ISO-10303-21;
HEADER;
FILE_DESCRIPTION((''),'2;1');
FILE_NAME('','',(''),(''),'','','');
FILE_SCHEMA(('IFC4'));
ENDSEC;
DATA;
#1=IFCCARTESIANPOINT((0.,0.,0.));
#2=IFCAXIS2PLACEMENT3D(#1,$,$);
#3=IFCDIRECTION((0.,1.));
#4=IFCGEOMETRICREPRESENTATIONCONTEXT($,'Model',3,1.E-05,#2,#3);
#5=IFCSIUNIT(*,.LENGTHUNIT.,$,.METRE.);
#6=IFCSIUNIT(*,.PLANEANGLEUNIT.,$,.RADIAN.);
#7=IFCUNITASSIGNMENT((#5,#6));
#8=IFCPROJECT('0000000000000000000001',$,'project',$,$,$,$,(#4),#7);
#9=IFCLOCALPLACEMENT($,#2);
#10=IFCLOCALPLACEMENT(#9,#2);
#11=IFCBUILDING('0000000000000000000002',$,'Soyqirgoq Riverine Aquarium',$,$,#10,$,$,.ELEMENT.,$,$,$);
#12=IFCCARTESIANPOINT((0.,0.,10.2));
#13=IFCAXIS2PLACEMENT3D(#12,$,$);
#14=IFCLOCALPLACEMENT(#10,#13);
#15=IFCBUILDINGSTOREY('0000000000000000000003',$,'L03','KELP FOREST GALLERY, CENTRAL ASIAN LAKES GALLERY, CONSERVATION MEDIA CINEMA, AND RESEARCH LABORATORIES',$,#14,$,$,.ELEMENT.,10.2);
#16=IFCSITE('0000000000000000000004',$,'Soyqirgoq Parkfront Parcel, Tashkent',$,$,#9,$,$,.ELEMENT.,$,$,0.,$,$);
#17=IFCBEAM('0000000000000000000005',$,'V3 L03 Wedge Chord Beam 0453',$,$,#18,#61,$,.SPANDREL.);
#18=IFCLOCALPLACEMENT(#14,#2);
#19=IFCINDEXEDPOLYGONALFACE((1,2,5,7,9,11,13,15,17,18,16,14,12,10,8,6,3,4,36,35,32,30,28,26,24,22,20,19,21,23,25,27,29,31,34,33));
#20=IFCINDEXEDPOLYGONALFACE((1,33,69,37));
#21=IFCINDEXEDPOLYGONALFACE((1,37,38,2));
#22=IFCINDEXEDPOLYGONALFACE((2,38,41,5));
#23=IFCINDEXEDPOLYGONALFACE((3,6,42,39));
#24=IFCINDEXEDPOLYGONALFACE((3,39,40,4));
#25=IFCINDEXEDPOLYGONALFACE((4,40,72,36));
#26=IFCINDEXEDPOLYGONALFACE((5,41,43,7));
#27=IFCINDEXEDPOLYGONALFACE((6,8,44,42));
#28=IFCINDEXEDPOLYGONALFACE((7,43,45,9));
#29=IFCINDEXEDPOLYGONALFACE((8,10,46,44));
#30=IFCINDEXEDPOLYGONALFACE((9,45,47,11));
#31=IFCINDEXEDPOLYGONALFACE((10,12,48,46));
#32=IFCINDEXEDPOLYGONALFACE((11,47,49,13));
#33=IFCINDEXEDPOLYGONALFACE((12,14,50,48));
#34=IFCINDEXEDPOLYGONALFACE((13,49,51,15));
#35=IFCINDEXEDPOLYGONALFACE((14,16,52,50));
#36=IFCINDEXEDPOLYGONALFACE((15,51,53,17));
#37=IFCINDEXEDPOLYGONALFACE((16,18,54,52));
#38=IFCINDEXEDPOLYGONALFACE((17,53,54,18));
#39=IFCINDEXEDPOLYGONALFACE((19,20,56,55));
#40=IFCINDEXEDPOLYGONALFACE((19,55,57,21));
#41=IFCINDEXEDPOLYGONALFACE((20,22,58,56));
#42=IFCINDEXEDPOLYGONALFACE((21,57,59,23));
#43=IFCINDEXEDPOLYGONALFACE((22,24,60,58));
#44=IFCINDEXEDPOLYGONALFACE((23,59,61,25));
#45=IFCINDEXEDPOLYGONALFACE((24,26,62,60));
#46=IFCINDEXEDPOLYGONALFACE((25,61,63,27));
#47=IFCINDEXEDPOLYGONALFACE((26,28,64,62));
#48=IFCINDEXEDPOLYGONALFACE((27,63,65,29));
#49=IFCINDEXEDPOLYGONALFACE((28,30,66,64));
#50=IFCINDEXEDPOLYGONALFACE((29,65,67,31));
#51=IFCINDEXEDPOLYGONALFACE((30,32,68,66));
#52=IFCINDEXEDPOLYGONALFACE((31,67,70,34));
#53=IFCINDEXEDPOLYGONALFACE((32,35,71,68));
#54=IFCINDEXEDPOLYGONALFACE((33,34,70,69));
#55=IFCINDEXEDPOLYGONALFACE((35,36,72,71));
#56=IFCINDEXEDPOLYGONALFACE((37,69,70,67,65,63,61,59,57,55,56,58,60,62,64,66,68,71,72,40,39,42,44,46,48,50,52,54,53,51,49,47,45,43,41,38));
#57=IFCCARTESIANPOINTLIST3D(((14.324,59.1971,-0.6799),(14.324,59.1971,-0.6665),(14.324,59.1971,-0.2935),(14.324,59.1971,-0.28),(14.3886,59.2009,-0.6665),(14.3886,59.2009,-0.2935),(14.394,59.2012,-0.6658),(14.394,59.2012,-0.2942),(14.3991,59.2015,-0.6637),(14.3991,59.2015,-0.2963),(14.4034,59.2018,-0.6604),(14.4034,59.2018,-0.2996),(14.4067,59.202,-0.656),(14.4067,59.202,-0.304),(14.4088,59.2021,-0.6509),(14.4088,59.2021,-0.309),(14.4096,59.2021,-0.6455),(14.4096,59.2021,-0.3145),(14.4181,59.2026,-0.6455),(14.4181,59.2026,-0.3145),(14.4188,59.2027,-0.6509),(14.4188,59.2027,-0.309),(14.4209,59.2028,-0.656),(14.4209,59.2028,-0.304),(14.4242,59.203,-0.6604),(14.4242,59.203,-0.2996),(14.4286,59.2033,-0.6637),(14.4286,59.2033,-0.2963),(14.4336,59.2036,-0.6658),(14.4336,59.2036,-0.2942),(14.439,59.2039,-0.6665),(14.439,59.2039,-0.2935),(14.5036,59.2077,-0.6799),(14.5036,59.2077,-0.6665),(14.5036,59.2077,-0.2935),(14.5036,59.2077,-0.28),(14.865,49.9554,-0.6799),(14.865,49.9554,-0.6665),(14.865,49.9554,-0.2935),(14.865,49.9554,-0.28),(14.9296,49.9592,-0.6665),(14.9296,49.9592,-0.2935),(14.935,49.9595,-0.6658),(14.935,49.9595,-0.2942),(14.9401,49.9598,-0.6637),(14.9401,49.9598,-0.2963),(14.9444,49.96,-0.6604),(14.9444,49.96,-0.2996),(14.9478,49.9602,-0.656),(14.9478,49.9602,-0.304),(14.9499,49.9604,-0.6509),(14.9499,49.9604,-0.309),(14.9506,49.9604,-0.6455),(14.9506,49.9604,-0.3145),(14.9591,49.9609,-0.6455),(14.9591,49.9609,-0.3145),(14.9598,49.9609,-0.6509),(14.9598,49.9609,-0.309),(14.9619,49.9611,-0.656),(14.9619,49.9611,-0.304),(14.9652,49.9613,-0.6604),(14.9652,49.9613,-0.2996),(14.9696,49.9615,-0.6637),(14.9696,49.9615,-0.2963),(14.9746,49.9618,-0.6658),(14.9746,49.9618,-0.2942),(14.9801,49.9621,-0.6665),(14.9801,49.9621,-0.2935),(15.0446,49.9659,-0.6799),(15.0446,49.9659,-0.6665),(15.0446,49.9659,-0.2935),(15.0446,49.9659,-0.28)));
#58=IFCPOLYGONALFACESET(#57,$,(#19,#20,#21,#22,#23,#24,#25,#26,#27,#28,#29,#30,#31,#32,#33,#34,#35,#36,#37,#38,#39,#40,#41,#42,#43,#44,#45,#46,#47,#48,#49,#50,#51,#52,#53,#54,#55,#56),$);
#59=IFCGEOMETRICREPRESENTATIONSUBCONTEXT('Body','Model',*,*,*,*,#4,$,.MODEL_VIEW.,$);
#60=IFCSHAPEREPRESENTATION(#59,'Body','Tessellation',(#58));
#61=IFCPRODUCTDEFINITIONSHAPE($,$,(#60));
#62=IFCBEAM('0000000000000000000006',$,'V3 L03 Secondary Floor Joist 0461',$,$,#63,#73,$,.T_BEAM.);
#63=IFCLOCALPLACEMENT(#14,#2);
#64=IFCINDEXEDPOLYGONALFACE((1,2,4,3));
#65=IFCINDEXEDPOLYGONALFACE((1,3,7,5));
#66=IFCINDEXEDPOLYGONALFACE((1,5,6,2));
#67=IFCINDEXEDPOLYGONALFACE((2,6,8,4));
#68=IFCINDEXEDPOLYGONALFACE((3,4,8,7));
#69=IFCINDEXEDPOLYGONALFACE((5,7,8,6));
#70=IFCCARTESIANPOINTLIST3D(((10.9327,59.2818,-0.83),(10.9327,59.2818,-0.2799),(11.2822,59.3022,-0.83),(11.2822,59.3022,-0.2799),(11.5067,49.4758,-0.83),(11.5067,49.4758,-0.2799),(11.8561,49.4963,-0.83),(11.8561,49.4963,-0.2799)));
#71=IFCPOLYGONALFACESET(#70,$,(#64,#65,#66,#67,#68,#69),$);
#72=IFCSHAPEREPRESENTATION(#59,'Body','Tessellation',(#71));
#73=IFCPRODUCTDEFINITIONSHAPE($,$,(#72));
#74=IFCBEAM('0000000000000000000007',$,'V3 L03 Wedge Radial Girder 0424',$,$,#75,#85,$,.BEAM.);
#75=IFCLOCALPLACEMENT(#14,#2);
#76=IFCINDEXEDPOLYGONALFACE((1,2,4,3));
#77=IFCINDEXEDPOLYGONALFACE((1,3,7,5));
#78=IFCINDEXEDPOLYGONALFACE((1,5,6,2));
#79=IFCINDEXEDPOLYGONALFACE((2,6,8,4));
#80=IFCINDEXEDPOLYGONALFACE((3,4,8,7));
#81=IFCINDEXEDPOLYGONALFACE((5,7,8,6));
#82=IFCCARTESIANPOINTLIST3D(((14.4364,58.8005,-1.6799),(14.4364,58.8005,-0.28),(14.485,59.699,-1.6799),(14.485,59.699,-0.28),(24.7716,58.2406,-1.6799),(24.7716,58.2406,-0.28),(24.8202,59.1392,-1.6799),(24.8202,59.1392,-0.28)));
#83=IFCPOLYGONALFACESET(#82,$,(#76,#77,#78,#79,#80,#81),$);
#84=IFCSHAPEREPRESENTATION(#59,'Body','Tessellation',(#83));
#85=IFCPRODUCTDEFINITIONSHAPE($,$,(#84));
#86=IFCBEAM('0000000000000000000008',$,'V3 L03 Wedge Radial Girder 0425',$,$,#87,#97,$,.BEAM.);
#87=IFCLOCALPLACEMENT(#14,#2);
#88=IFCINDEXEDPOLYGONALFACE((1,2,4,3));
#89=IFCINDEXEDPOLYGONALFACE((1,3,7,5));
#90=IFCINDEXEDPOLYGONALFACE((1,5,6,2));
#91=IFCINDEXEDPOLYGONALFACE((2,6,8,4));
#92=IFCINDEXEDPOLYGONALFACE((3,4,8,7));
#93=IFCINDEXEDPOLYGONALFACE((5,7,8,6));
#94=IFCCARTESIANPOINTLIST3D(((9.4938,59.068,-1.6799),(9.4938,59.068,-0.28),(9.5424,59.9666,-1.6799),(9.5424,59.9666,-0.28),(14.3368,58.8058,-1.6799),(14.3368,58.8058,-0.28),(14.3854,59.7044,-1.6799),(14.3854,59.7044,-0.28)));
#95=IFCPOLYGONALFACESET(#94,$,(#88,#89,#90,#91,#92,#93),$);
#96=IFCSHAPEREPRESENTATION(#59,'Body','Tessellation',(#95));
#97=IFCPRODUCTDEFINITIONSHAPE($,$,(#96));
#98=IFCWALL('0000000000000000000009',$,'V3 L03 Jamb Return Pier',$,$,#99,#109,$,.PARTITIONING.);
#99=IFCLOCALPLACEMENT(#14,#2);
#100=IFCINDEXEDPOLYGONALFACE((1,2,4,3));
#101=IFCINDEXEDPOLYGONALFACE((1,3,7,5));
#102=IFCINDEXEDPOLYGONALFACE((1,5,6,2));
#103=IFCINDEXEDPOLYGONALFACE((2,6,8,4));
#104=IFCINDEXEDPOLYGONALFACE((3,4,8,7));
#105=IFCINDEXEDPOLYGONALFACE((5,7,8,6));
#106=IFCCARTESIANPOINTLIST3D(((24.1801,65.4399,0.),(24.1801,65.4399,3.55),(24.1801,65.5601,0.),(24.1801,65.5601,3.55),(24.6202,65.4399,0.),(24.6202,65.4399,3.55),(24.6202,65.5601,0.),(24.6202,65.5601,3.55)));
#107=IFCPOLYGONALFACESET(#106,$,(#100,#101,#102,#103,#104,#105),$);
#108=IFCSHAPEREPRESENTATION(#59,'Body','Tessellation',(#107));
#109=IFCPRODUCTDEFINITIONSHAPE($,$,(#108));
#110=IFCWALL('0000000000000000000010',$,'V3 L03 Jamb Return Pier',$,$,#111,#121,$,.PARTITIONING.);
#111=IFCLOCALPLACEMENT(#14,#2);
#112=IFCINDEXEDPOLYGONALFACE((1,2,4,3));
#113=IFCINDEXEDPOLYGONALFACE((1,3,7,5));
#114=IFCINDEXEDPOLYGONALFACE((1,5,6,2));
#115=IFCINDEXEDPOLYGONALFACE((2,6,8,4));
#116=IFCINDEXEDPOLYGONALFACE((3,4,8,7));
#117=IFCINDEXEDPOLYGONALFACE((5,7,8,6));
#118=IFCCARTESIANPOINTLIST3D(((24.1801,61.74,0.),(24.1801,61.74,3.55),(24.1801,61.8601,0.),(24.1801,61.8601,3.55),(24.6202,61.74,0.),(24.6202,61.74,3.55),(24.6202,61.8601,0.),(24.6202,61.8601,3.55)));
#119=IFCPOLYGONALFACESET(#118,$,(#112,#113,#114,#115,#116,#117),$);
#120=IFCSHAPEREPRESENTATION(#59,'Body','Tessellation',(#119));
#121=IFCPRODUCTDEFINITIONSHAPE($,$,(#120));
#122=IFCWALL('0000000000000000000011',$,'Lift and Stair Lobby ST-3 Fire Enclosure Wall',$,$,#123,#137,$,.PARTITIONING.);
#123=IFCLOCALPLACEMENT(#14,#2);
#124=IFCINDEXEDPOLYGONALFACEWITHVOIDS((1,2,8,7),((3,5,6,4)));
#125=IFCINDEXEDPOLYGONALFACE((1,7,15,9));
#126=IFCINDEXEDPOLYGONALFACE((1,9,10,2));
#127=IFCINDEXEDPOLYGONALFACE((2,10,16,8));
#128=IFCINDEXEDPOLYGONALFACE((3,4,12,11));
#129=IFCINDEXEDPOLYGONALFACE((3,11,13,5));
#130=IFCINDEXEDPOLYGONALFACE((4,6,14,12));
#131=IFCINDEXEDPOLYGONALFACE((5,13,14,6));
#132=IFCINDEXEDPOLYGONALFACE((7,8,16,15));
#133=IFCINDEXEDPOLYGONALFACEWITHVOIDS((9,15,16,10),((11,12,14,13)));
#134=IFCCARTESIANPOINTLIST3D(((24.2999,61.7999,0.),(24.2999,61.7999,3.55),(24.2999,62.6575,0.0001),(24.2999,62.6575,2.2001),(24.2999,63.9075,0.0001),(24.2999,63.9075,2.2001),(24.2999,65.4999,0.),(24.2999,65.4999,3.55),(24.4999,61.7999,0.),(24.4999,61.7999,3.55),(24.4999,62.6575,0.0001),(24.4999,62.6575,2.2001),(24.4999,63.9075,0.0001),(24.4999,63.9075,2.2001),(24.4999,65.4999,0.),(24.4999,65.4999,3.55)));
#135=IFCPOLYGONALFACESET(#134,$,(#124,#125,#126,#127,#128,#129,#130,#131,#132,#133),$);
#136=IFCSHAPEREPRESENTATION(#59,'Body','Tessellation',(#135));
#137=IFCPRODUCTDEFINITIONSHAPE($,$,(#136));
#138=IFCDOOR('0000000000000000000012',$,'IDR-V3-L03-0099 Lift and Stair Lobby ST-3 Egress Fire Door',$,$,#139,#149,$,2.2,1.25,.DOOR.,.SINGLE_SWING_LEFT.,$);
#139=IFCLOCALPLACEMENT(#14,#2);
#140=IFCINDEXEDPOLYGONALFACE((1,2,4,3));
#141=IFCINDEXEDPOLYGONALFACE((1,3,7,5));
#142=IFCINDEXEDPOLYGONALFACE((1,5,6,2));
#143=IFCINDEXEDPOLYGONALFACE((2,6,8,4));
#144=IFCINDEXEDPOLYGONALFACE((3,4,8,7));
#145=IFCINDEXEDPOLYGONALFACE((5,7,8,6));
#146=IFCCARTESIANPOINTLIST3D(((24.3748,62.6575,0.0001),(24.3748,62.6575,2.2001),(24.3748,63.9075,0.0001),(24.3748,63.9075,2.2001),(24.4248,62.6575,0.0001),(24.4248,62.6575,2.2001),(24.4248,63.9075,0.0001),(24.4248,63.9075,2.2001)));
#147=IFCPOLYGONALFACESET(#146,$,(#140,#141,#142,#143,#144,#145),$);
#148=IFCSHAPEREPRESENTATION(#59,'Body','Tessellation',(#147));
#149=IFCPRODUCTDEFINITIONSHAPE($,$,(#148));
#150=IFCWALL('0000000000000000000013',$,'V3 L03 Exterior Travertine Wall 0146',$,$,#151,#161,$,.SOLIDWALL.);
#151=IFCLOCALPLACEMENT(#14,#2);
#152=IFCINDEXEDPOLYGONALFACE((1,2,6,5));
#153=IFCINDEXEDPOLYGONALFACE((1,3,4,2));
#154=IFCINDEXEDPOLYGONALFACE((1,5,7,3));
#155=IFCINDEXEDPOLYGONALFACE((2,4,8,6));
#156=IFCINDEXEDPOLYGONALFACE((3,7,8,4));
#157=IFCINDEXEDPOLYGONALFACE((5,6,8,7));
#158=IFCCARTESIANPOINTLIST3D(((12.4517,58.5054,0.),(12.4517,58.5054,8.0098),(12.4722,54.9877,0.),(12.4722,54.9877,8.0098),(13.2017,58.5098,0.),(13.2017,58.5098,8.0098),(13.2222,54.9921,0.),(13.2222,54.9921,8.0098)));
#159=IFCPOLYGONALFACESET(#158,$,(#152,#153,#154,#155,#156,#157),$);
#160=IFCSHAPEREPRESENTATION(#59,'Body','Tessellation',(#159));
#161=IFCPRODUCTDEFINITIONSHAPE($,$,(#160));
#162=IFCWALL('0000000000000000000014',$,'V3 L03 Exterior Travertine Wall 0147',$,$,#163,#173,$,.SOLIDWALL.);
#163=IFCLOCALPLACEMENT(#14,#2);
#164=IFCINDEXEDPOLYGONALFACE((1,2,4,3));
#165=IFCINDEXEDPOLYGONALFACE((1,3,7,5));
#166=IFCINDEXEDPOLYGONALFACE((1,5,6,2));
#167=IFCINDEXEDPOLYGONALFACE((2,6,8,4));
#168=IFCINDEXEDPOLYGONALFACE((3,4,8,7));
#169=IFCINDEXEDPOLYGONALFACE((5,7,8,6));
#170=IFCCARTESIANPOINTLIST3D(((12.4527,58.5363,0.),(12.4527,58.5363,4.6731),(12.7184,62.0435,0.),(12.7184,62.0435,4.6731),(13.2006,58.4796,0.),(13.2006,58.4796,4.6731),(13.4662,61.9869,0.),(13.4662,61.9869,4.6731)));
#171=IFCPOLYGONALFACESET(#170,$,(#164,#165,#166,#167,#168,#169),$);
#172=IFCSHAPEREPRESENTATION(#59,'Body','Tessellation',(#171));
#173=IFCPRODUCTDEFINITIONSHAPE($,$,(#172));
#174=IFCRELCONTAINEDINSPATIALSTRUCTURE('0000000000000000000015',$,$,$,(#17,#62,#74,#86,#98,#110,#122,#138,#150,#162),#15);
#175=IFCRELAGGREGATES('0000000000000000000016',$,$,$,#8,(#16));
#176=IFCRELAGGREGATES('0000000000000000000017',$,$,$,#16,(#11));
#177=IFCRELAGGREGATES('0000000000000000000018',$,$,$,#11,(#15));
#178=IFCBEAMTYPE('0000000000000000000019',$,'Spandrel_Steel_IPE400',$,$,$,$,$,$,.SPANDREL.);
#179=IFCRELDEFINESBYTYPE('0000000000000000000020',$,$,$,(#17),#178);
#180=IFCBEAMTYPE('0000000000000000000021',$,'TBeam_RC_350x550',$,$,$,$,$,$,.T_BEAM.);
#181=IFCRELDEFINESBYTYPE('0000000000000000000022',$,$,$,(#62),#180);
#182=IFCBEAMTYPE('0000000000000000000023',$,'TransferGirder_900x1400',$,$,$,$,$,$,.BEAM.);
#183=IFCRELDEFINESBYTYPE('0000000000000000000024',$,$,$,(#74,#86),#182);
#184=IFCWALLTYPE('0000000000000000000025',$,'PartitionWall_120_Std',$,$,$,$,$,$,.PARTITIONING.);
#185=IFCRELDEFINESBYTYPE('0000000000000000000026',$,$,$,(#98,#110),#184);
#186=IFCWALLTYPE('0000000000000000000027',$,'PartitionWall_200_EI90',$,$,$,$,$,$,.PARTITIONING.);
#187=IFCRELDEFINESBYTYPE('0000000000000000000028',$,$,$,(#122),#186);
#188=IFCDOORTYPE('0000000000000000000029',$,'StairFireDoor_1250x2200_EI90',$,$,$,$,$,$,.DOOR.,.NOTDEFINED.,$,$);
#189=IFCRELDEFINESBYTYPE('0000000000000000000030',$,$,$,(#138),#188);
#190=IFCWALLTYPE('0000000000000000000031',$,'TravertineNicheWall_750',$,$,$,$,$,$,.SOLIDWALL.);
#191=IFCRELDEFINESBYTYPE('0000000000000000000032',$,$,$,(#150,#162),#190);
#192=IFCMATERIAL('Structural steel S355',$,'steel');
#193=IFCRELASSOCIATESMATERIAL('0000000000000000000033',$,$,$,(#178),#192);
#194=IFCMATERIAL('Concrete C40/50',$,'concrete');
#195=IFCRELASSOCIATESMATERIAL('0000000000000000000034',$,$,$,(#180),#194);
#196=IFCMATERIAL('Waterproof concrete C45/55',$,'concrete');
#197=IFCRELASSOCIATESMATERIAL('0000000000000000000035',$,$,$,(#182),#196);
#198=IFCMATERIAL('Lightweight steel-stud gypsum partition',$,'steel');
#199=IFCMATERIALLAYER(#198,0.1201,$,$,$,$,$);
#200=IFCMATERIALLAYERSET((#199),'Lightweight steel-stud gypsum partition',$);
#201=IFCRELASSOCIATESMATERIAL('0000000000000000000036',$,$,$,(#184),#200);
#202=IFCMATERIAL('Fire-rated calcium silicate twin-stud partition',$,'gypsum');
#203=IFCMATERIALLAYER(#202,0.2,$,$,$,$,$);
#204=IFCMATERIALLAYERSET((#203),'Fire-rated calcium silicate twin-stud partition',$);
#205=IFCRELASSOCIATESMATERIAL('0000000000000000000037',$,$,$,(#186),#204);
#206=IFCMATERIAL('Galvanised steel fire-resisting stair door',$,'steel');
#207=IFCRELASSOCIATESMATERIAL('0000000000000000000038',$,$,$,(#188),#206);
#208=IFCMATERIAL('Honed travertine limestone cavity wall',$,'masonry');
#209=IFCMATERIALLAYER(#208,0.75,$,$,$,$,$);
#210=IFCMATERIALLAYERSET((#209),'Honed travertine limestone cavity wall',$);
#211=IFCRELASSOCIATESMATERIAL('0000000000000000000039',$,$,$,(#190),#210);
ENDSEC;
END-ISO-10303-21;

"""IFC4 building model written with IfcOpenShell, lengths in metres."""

from ifc_helpers import new_model, si_unit, direction, frame, frame_2d, origin, origin_2d, place, context, subcontext, project, spatial, rectangle, i_section, extrude, material, layer, layer_set, material_profile, profile_set, type_object, element, fill, save


model = new_model("IFC4")

# Units and contexts
model_context = context("Model", 3, precision=1e-05, world=origin(), true_north=direction((0.0, 1.0)))
body_context = subcontext(model_context, "Body", "Model", "MODEL_VIEW")
ifc_project = project(units=[si_unit("LENGTHUNIT", "METRE"), si_unit("PLANEANGLEUNIT", "RADIAN")], contexts=[model_context])

# Site, building, storey
site_placement = place(None, origin())
site = spatial("IfcSite", under=ifc_project, at=site_placement, Name="Soyqirgoq Parkfront Parcel, Tashkent", CompositionType="ELEMENT", RefElevation=0.0)
building_placement = place(site_placement, origin())
building = spatial("IfcBuilding", under=site, at=building_placement, Name="Soyqirgoq Riverine Aquarium", CompositionType="ELEMENT")
storey_placement = place(building_placement, frame((0.0, 0.0, 10.2)))
storey = spatial("IfcBuildingStorey", under=building, at=storey_placement, Name="L03", Description="KELP FOREST GALLERY, CENTRAL ASIAN LAKES GALLERY, CONSERVATION MEDIA CINEMA, AND RESEARCH LABORATORIES", CompositionType="ELEMENT", Elevation=10.2)

# Beams
ifc_material_1 = material(Name="Structural steel S355", Category="steel")
ifc_material_profile_1 = material_profile(ifc_material_1, i_section(OverallWidth=0.1799, OverallDepth=0.3999, WebThickness=0.0085, FlangeThickness=0.0134, FilletRadius=0.021, at=origin_2d()), Name="IPE 400")
ifc_profile_set_1 = profile_set([ifc_material_profile_1], Name="Structural steel S355")
beam_type_1 = type_object("IfcBeamType", Name="Spandrel_Steel_IPE400", PredefinedType="SPANDREL", material=ifc_profile_set_1)
beam_1_placement = place(storey_placement, frame((14.4138, 59.2024, -0.48), z_axis=(0.058441, -0.998291, 0.0), x_axis=(0.998291, 0.058441, 0.0)))
element("IfcBeam", 1, at=beam_1_placement, inside=storey, type_object=beam_type_1, Name="V3 L03 Wedge Chord Beam 0453", PredefinedType="SPANDREL", context=body_context, shape_type="SweptSolid", body=[
    extrude(i_section(OverallWidth=0.1799, OverallDepth=0.3999, WebThickness=0.0085, FlangeThickness=0.0134, FilletRadius=0.021, at=origin_2d()), origin(), (0.0, 0.0, 1.0), 9.2576),
])
ifc_material_2 = material(Name="Concrete C40/50", Category="concrete")
ifc_material_profile_2 = material_profile(ifc_material_2, rectangle(XDim=0.3501, YDim=0.55, at=origin_2d()), Name="RC 350x550")
ifc_profile_set_2 = profile_set([ifc_material_profile_2], Name="Concrete C40/50")
beam_type_2 = type_object("IfcBeamType", Name="TBeam_RC_350x550", PredefinedType="T_BEAM", material=ifc_profile_set_2)
beam_2_placement = place(storey_placement, frame((11.1074, 59.292, -0.5549), z_axis=(0.058434, -0.998291, 0.0), x_axis=(0.998291, 0.058434, 0.0)))
element("IfcBeam", 2, at=beam_2_placement, inside=storey, type_object=beam_type_2, Name="V3 L03 Secondary Floor Joist 0461", PredefinedType="T_BEAM", context=body_context, shape_type="SweptSolid", body=[
    extrude(rectangle(XDim=0.3501, YDim=0.55, at=origin_2d()), origin(), (0.0, 0.0, 1.0), 9.8228),
])
ifc_material_3 = material(Name="Waterproof concrete C45/55", Category="concrete")
ifc_material_profile_3 = material_profile(ifc_material_3, rectangle(XDim=0.8999, YDim=1.3999, at=origin_2d()), Name="RC 900x1400")
ifc_profile_set_3 = profile_set([ifc_material_profile_3], Name="Waterproof concrete C45/55")
beam_type_3 = type_object("IfcBeamType", Name="TransferGirder_900x1400", PredefinedType="BEAM", material=ifc_profile_set_3)
beam_3_placement = place(storey_placement, frame((24.7959, 58.6899, -0.98), z_axis=(-0.998536, 0.054086, 0.0), x_axis=(-0.054086, -0.998536, 0.0)))
element("IfcBeam", 3, at=beam_3_placement, inside=storey, type_object=beam_type_3, Name="V3 L03 Wedge Radial Girder 0424", PredefinedType="BEAM", context=body_context, shape_type="SweptSolid", body=[
    extrude(rectangle(XDim=0.8999, YDim=1.3999, at=origin_2d()), origin(), (0.0, 0.0, 1.0), 10.3503),
])
beam_4_placement = place(storey_placement, frame((14.3611, 59.2551, -0.98), z_axis=(-0.998538, 0.054062, 0.0), x_axis=(-0.054062, -0.998538, 0.0)))
element("IfcBeam", 4, at=beam_4_placement, inside=storey, type_object=beam_type_3, Name="V3 L03 Wedge Radial Girder 0425", PredefinedType="BEAM", context=body_context, shape_type="SweptSolid", body=[
    extrude(rectangle(XDim=0.8999, YDim=1.3999, at=origin_2d()), origin(), (0.0, 0.0, 1.0), 4.8501),
])

# Walls
ifc_material_4 = material(Name="Lightweight steel-stud gypsum partition", Category="steel")
ifc_layer_1 = layer(ifc_material_4, 0.1201)
ifc_layer_set_1 = layer_set([ifc_layer_1], Name="Lightweight steel-stud gypsum partition")
wall_type_1 = type_object("IfcWallType", Name="PartitionWall_120_Std", PredefinedType="PARTITIONING", material=ifc_layer_set_1)
for number, where, z_axis, x_axis, name in (
    (5, (24.1799, 65.5, 0.0), (0.0, 0.0, 1.0), (1.0, 0.0, 0.0), "V3 L03 Jamb Return Pier"),
    (6, (24.1799, 61.8, 0.0), (0.0, 0.0, 1.0), (1.0, 0.0, 0.0), "V3 L03 Jamb Return Pier"),
):
    element("IfcWall", number, at=place(storey_placement, frame(where, z_axis=z_axis, x_axis=x_axis)), inside=storey, type_object=wall_type_1, Name=name, PredefinedType="PARTITIONING", context=body_context, shape_type="SweptSolid", body=[
        extrude(rectangle(XDim=0.4402, YDim=0.1201, at=frame_2d((0.2202, 0.0))), origin(), (0.0, 0.0, 1.0), 3.55),
    ])

# Wall, opening, door
ifc_material_5 = material(Name="Fire-rated calcium silicate twin-stud partition", Category="gypsum")
ifc_layer_2 = layer(ifc_material_5, 0.2)
ifc_layer_set_2 = layer_set([ifc_layer_2], Name="Fire-rated calcium silicate twin-stud partition")
wall_type_2 = type_object("IfcWallType", Name="PartitionWall_200_EI90", PredefinedType="PARTITIONING", material=ifc_layer_set_2)
wall_1_placement = place(storey_placement, frame((24.3999, 65.5, 0.0), z_axis=(0.0, 0.0, 1.0), x_axis=(0.0, -1.0, 0.0)))
wall_1 = element("IfcWall", 7, at=wall_1_placement, inside=storey, type_object=wall_type_2, Name="Lift and Stair Lobby ST-3 Fire Enclosure Wall", PredefinedType="PARTITIONING", context=body_context, shape_type="SweptSolid", body=[
    extrude(rectangle(XDim=3.7, YDim=0.2, at=frame_2d((1.8501, 0.0))), origin(), (0.0, 0.0, 1.0), 3.55),
])
opening_placement = place(wall_1_placement, frame((1.5925, 0.0, 0.0)))
opening = element("IfcOpeningElement", 8, at=opening_placement, cuts=wall_1, PredefinedType="OPENING", context=body_context, shape_type="SweptSolid", body=[
    extrude(rectangle(XDim=1.25, YDim=2.2, at=frame_2d((0.625, 1.1001))), frame((0.0, 0.1099, 0.0), z_axis=(0.0, -1.0, 0.0), x_axis=(1.0, 0.0, 0.0)), (0.0, 0.0, 1.0), 0.22),
])
ifc_material_6 = material(Name="Galvanised steel fire-resisting stair door", Category="steel")
door_type = type_object("IfcDoorType", Name="StairFireDoor_1250x2200_EI90", OperationType="NOTDEFINED", PredefinedType="DOOR", material=ifc_material_6)
door_placement = place(opening_placement, origin())
door = element("IfcDoor", 9, at=door_placement, inside=storey, type_object=door_type, Name="IDR-V3-L03-0099 Lift and Stair Lobby ST-3 Egress Fire Door", OperationType="SINGLE_SWING_LEFT", OverallHeight=2.2, OverallWidth=1.25, PredefinedType="DOOR", context=body_context, shape_type="SweptSolid", body=[
    extrude(rectangle(XDim=1.25, YDim=2.2, at=frame_2d((0.625, 1.1001))), frame((0.0, 0.0249, 0.0), z_axis=(0.0, -1.0, 0.0), x_axis=(1.0, 0.0, 0.0)), (0.0, 0.0, 1.0), 0.05),
])
fill(opening, door)

# Walls
ifc_material_7 = material(Name="Honed travertine limestone cavity wall", Category="masonry")
ifc_layer_3 = layer(ifc_material_7, 0.75)
ifc_layer_set_3 = layer_set([ifc_layer_3], Name="Honed travertine limestone cavity wall")
wall_type_3 = type_object("IfcWallType", Name="TravertineNicheWall_750", PredefinedType="SOLIDWALL", material=ifc_layer_set_3)
wall_2_placement = place(storey_placement, frame((12.8472, 54.99, 0.0), z_axis=(0.0, 0.0, 1.0), x_axis=(-0.00583, 0.999983, 0.0)))
element("IfcWall", 10, at=wall_2_placement, inside=storey, type_object=wall_type_3, Name="V3 L03 Exterior Travertine Wall 0146", PredefinedType="SOLIDWALL", context=body_context, shape_type="SweptSolid", body=[
    extrude(rectangle(XDim=3.5178, YDim=0.75, at=frame_2d((1.7588, 0.0))), origin(), (0.0, 0.0, 1.0), 8.0098),
])
wall_3_placement = place(storey_placement, frame((12.8267, 58.5078, 0.0), z_axis=(0.0, 0.0, 1.0), x_axis=(0.075518, 0.997144, 0.0)))
element("IfcWall", 11, at=wall_3_placement, inside=storey, type_object=wall_type_3, Name="V3 L03 Exterior Travertine Wall 0147", PredefinedType="SOLIDWALL", context=body_context, shape_type="SweptSolid", body=[
    extrude(rectangle(XDim=3.5173, YDim=0.75, at=frame_2d((1.7588, 0.0))), origin(), (0.0, 0.0, 1.0), 4.6731),
])

save(model, "model.ifc")
